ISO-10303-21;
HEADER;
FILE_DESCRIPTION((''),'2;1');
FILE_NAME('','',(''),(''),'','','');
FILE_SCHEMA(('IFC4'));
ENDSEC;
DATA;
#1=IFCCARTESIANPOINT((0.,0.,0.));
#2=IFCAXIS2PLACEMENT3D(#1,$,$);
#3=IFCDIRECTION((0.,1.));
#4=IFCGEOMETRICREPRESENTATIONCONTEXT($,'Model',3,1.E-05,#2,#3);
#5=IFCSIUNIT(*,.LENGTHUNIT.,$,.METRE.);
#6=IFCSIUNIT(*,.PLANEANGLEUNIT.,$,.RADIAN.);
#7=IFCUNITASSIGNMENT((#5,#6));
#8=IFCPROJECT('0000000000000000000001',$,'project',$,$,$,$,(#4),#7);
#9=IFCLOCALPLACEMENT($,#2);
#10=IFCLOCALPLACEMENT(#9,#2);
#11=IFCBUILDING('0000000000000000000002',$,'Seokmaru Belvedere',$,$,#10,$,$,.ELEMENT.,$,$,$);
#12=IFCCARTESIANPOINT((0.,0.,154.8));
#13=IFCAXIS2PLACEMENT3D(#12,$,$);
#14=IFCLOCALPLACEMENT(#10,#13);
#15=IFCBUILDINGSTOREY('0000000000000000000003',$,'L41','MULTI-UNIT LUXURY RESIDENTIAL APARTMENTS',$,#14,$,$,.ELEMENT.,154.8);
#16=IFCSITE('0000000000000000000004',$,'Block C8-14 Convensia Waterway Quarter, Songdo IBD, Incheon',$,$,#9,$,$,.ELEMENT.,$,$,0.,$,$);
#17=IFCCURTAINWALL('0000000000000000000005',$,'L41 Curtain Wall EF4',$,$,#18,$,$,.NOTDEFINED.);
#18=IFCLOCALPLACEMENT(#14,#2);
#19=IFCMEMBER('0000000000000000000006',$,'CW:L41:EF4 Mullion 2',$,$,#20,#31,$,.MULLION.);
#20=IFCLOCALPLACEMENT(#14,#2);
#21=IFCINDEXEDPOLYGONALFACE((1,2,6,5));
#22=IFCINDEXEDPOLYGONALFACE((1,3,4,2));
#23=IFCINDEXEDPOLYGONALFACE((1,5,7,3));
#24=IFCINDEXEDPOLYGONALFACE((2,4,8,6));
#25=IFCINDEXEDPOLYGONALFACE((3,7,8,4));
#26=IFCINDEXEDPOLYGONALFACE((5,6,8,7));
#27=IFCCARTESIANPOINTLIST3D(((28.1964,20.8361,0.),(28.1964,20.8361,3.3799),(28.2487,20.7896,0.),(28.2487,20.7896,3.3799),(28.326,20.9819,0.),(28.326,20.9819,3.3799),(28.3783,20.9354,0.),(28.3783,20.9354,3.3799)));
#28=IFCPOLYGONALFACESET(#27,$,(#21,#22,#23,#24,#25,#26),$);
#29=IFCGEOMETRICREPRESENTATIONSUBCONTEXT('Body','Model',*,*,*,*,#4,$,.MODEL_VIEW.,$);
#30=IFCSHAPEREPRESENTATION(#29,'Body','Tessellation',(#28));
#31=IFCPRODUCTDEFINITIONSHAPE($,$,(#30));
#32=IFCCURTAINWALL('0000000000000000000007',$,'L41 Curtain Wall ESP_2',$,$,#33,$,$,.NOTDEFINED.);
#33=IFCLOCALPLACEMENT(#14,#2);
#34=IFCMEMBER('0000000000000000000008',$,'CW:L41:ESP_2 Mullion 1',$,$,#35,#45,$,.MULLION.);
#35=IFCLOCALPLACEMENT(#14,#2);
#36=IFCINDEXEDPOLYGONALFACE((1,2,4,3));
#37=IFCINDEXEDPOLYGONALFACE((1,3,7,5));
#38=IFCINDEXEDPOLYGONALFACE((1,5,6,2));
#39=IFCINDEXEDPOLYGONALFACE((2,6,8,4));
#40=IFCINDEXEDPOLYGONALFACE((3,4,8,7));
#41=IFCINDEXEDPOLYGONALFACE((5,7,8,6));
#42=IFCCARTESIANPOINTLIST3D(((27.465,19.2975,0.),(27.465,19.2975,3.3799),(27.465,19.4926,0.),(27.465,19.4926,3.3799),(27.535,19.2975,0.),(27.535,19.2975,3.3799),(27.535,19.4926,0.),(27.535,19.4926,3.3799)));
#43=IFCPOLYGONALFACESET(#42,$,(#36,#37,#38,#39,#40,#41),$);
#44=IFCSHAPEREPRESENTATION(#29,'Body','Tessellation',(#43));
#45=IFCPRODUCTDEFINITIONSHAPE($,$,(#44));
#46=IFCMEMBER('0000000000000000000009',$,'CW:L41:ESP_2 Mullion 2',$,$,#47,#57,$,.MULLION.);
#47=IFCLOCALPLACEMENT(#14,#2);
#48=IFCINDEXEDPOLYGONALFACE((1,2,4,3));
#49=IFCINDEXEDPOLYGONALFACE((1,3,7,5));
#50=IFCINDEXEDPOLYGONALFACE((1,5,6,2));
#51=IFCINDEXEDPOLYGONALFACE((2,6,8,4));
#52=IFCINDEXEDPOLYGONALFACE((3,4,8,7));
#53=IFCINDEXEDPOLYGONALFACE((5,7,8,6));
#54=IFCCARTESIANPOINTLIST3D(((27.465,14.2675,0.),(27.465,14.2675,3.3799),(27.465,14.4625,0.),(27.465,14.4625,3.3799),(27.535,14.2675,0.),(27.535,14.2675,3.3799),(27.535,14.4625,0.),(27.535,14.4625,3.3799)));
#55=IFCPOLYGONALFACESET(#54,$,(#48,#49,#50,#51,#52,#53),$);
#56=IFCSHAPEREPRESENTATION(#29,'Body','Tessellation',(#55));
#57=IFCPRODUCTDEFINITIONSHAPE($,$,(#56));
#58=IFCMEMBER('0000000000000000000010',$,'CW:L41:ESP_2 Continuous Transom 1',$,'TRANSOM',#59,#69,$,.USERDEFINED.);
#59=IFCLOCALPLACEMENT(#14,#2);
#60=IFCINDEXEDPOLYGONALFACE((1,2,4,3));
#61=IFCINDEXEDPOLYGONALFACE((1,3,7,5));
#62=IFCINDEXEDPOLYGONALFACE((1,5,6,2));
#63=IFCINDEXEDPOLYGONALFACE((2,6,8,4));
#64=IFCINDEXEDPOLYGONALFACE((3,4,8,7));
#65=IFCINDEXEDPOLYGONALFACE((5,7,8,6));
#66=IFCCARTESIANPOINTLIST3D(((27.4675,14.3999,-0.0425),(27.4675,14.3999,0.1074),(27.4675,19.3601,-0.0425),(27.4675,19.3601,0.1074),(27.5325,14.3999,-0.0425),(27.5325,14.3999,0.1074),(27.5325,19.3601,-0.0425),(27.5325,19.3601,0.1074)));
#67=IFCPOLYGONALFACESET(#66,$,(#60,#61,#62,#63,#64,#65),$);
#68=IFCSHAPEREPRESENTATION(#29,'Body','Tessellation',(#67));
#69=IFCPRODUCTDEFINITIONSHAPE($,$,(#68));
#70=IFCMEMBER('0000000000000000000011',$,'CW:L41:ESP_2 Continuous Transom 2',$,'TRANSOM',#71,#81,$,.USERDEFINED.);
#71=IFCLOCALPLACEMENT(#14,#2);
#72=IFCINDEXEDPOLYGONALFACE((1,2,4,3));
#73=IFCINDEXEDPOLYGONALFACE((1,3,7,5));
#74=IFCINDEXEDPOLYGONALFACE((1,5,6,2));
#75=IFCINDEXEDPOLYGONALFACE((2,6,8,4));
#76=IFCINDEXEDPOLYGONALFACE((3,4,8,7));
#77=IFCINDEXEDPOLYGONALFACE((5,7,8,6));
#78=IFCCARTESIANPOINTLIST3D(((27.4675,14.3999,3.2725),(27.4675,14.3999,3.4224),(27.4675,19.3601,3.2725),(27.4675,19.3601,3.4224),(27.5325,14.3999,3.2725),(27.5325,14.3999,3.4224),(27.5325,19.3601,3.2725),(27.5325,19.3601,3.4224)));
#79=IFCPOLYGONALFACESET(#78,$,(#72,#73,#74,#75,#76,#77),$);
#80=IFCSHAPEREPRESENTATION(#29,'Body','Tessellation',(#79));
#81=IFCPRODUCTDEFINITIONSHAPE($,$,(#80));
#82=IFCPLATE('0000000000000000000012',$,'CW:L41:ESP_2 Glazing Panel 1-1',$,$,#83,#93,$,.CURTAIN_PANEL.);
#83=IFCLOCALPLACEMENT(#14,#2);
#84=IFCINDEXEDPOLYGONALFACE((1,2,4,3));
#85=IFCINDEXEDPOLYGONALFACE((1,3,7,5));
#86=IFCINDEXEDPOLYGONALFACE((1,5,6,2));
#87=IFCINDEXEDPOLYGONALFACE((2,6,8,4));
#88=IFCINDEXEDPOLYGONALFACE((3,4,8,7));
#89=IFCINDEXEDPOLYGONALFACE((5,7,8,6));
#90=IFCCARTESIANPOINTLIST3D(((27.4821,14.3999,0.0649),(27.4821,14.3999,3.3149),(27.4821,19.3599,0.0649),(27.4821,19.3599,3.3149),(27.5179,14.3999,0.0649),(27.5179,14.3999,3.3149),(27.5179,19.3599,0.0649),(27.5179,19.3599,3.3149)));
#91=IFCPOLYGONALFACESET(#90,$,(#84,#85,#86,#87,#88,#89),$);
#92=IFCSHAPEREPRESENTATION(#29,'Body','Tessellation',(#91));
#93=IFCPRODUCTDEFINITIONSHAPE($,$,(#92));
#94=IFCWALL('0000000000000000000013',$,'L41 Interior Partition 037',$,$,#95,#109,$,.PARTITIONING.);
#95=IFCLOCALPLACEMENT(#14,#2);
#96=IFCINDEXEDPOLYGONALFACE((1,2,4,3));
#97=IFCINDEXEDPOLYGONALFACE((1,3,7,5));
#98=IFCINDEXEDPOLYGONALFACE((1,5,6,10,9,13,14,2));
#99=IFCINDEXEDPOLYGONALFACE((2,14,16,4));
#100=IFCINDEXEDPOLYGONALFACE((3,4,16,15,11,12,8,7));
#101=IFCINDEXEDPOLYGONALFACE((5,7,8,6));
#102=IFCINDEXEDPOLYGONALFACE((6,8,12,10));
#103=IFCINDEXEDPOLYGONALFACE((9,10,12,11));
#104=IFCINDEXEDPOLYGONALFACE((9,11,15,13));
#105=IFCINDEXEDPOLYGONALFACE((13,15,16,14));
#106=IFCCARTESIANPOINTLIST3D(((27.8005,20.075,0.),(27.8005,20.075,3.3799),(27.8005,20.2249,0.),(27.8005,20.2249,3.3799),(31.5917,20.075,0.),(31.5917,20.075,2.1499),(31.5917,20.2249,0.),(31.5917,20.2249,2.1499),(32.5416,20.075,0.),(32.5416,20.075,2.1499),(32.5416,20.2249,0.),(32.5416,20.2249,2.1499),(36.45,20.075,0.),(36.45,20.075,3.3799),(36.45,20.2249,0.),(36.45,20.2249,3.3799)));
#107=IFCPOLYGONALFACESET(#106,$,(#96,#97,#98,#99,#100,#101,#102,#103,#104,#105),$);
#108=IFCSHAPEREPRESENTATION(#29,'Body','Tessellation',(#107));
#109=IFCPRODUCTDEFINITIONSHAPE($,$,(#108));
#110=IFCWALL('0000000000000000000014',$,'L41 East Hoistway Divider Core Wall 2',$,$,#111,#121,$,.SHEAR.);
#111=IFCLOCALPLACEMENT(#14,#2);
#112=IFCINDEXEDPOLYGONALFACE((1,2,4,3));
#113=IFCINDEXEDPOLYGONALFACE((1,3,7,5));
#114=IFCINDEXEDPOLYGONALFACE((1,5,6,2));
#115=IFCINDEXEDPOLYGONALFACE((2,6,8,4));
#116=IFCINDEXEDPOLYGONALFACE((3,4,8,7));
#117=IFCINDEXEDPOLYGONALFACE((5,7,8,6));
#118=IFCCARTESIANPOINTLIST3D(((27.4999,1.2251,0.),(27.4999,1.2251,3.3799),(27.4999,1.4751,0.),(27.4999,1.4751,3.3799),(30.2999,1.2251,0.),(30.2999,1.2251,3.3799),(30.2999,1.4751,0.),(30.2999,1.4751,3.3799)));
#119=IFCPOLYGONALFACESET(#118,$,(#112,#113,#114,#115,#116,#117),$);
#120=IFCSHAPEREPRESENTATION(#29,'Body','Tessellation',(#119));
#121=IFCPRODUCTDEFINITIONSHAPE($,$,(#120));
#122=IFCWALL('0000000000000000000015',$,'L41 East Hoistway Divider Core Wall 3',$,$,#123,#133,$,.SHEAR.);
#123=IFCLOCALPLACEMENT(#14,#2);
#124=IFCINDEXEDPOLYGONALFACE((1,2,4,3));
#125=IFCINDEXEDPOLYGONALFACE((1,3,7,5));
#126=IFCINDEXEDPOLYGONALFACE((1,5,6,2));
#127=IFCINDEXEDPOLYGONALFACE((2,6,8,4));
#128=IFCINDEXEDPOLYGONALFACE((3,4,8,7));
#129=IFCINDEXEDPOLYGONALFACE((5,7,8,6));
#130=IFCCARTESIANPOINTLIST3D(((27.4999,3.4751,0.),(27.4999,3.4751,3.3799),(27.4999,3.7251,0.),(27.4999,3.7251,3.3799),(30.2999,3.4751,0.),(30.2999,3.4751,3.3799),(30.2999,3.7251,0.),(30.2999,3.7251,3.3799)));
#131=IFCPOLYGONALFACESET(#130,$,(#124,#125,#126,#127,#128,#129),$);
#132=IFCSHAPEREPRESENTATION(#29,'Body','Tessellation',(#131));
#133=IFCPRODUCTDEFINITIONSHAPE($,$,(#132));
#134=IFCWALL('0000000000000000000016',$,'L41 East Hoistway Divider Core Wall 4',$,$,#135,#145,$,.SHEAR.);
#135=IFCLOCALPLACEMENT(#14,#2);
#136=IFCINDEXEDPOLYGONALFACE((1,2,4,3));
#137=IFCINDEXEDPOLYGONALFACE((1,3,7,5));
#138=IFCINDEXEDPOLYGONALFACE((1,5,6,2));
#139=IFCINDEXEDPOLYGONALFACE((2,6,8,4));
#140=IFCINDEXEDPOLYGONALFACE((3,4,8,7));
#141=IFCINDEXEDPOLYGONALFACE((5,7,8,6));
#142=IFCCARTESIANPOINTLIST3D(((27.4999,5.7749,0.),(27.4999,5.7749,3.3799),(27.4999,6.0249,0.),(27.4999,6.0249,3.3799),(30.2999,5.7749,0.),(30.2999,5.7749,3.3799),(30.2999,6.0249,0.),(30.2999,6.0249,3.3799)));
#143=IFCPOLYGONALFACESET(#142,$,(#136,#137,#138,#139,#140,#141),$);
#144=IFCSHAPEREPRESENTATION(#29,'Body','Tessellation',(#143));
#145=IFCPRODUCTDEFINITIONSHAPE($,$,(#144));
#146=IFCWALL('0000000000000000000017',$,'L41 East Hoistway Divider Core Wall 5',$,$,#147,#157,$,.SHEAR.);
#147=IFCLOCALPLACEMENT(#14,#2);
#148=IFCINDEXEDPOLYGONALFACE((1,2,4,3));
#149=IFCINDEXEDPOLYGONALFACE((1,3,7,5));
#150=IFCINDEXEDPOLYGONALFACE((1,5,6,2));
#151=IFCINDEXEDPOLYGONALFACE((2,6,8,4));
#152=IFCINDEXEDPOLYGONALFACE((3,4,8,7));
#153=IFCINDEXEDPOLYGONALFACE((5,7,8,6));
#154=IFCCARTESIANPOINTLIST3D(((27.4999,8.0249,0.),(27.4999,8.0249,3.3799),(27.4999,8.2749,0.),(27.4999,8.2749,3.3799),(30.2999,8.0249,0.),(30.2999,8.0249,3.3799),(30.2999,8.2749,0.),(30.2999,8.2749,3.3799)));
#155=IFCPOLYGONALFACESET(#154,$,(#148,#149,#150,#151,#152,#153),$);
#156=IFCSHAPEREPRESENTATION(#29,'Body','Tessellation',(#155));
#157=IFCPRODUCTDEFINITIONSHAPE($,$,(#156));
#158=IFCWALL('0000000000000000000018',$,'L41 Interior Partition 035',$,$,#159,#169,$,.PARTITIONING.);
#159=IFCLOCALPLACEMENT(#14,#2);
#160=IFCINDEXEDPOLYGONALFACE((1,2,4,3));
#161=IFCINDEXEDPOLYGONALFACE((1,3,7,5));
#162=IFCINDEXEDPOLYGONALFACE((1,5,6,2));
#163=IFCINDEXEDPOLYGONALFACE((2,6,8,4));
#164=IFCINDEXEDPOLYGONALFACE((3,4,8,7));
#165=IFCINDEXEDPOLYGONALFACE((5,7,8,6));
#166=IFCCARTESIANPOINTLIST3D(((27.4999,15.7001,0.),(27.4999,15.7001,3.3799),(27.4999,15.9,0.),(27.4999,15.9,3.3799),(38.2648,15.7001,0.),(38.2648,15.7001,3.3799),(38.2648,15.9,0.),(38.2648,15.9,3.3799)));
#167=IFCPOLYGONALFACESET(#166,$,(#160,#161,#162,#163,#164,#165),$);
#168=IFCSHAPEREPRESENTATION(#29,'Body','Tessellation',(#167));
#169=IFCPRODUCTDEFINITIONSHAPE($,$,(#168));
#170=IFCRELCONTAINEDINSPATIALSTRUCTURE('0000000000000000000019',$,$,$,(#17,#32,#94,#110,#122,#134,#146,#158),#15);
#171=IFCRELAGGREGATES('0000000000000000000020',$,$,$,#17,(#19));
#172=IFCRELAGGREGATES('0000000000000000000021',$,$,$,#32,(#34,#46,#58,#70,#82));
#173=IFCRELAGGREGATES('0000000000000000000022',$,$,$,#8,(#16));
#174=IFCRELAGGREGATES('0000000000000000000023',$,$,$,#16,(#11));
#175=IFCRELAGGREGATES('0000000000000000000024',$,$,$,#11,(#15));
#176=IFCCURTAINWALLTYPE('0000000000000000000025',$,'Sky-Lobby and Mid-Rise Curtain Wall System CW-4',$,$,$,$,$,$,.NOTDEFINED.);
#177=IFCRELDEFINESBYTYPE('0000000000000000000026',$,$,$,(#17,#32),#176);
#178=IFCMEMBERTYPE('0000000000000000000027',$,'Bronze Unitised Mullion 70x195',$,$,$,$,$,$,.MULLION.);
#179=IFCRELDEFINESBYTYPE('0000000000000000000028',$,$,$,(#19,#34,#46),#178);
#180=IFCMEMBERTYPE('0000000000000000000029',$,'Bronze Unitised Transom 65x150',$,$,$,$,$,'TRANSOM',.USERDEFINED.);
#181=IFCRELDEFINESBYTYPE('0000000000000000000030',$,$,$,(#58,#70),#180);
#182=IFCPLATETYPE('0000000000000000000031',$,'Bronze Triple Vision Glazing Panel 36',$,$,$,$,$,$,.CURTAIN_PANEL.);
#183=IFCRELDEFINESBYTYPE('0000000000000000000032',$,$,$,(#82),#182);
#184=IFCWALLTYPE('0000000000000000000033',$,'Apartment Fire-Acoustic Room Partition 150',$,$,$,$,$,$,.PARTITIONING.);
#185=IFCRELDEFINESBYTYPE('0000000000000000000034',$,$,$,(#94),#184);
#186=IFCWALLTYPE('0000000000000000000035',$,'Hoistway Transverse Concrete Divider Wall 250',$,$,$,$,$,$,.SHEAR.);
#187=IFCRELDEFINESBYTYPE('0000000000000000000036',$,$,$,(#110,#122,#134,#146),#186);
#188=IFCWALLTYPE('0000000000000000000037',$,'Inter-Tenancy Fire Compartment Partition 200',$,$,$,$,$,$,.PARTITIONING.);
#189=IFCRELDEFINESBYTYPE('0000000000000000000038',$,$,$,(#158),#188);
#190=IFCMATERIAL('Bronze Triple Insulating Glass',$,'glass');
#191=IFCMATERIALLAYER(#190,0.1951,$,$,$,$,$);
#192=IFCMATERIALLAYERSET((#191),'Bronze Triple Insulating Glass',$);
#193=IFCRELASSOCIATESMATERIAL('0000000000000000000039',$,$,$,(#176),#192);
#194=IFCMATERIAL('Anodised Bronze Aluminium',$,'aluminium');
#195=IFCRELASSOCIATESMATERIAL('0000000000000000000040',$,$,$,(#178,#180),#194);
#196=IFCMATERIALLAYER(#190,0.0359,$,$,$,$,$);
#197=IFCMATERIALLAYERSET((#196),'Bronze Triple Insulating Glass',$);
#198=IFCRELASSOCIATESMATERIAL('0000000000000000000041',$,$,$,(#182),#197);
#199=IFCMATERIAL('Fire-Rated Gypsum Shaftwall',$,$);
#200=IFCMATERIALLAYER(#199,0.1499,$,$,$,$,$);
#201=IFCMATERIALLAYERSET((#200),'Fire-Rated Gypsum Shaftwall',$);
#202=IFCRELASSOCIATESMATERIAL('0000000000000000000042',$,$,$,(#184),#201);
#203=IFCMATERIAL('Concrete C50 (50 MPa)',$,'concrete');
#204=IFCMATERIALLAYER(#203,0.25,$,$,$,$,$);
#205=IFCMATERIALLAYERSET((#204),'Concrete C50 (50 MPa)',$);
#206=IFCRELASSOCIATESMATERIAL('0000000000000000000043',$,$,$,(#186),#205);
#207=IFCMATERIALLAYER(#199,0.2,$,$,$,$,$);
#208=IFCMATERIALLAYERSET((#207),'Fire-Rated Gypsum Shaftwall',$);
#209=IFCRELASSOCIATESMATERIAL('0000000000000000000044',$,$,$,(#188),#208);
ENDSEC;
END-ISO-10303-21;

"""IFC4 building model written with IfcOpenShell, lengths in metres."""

from ifc_helpers import new_model, si_unit, direction, frame, frame_2d, origin, origin_2d, place, context, subcontext, project, spatial, rectangle, extrude, source, transform, mapped, material, layer, layer_set, material_profile, profile_set, type_object, type_shapes, element, aggregate, save


model = new_model("IFC4")

# Units and contexts
model_context = context("Model", 3, precision=1e-05, world=origin(), true_north=direction((0.0, 1.0)))
body_context = subcontext(model_context, "Body", "Model", "MODEL_VIEW")
ifc_project = project(units=[si_unit("LENGTHUNIT", "METRE"), si_unit("PLANEANGLEUNIT", "RADIAN")], contexts=[model_context])

# Site, building, storey
site_placement = place(None, origin())
site = spatial("IfcSite", under=ifc_project, at=site_placement, Name="Block C8-14 Convensia Waterway Quarter, Songdo IBD, Incheon", CompositionType="ELEMENT", RefElevation=0.0)
building_placement = place(site_placement, origin())
building = spatial("IfcBuilding", under=site, at=building_placement, Name="Seokmaru Belvedere", CompositionType="ELEMENT")
storey_placement = place(building_placement, frame((0.0, 0.0, 154.8)))
storey = spatial("IfcBuildingStorey", under=building, at=storey_placement, Name="L41", Description="MULTI-UNIT LUXURY RESIDENTIAL APARTMENTS", CompositionType="ELEMENT", Elevation=154.8)

# Curtain wall, member
ifc_material_1 = material(Name="Bronze Triple Insulating Glass", Category="glass")
ifc_layer_1 = layer(ifc_material_1, 0.1951)
ifc_layer_set_1 = layer_set([ifc_layer_1], Name="Bronze Triple Insulating Glass")
curtain_wall_type = type_object("IfcCurtainWallType", Name="Sky-Lobby and Mid-Rise Curtain Wall System CW-4", PredefinedType="NOTDEFINED", material=ifc_layer_set_1)
curtain_wall_1_placement = place(storey_placement, origin())
curtain_wall_1 = element("IfcCurtainWall", 1, at=curtain_wall_1_placement, inside=storey, type_object=curtain_wall_type, Name="L41 Curtain Wall EF4", PredefinedType="NOTDEFINED")
ifc_material_2 = material(Name="Anodised Bronze Aluminium", Category="aluminium")
ifc_material_profile_1 = material_profile(ifc_material_2, rectangle(XDim=0.0701, YDim=0.1951, at=origin_2d()), Name="CW-M-70x195")
ifc_profile_set_1 = profile_set([ifc_material_profile_1], Name="Anodised Bronze Aluminium")
member_type_1 = type_object("IfcMemberType", Name="Bronze Unitised Mullion 70x195", PredefinedType="MULLION", material=ifc_profile_set_1)
shared_shape_1 = source(origin(), body_context, "Body", "SweptSolid", [
    extrude(rectangle(XDim=0.0701, YDim=0.1951, at=origin_2d()), origin(), (0.0, 0.0, 1.0), 3.3799),
])
type_shapes(member_type_1, [shared_shape_1])
member_1_placement = place(storey_placement, frame((28.2874, 20.8857, 0.0), z_axis=(0.0, 0.0, 1.0), x_axis=(0.74741, -0.664363, 0.0)))
member_1 = element("IfcMember", 2, at=member_1_placement, type_object=member_type_1, Name="CW:L41:EF4 Mullion 2", PredefinedType="MULLION", context=body_context, shape_type="MappedRepresentation", body=[
    mapped(shared_shape_1, transform((0.0, 0.0, 0.0), scale=1.0)),
])
aggregate(curtain_wall_1, [member_1])

# Curtain wall, members, plate
curtain_wall_2_placement = place(storey_placement, origin())
curtain_wall_2 = element("IfcCurtainWall", 3, at=curtain_wall_2_placement, inside=storey, type_object=curtain_wall_type, Name="L41 Curtain Wall ESP_2", PredefinedType="NOTDEFINED")
member_2_placement = place(storey_placement, frame((27.5, 19.395, 0.0), z_axis=(0.0, 0.0, 1.0), x_axis=(1.0, 0.0, 0.0)))
member_2 = element("IfcMember", 4, at=member_2_placement, type_object=member_type_1, Name="CW:L41:ESP_2 Mullion 1", PredefinedType="MULLION", context=body_context, shape_type="MappedRepresentation", body=[
    mapped(shared_shape_1, transform((0.0, 0.0, 0.0), scale=1.0)),
])
member_3_placement = place(storey_placement, frame((27.5, 14.365, 0.0), z_axis=(0.0, 0.0, 1.0), x_axis=(1.0, 0.0, 0.0)))
member_3 = element("IfcMember", 5, at=member_3_placement, type_object=member_type_1, Name="CW:L41:ESP_2 Mullion 2", PredefinedType="MULLION", context=body_context, shape_type="MappedRepresentation", body=[
    mapped(shared_shape_1, transform((0.0, 0.0, 0.0), scale=1.0)),
])
ifc_material_profile_2 = material_profile(ifc_material_2, rectangle(XDim=0.0649, YDim=0.1499, at=origin_2d()), Name="CW-T-65x150")
ifc_profile_set_2 = profile_set([ifc_material_profile_2], Name="Anodised Bronze Aluminium")
member_type_2 = type_object("IfcMemberType", Name="Bronze Unitised Transom 65x150", ElementType="TRANSOM", PredefinedType="USERDEFINED", material=ifc_profile_set_2)
shared_shape_2 = source(origin(), body_context, "Body", "SweptSolid", [
    extrude(rectangle(XDim=0.0649, YDim=0.1499, at=origin_2d()), origin(), (0.0, 0.0, 1.0), 4.9602),
])
type_shapes(member_type_2, [shared_shape_2])
member_4_placement = place(storey_placement, frame((27.5, 19.3601, 0.0325), z_axis=(0.0, -1.0, 0.0), x_axis=(1.0, 0.0, 0.0)))
member_4 = element("IfcMember", 6, at=member_4_placement, type_object=member_type_2, Name="CW:L41:ESP_2 Continuous Transom 1", ObjectType="TRANSOM", PredefinedType="USERDEFINED", context=body_context, shape_type="MappedRepresentation", body=[
    mapped(shared_shape_2, transform((0.0, 0.0, 0.0), scale=1.0)),
])
member_5_placement = place(storey_placement, frame((27.5, 19.3601, 3.3474), z_axis=(0.0, -1.0, 0.0), x_axis=(1.0, 0.0, 0.0)))
member_5 = element("IfcMember", 7, at=member_5_placement, type_object=member_type_2, Name="CW:L41:ESP_2 Continuous Transom 2", ObjectType="TRANSOM", PredefinedType="USERDEFINED", context=body_context, shape_type="MappedRepresentation", body=[
    mapped(shared_shape_2, transform((0.0, 0.0, 0.0), scale=1.0)),
])
ifc_layer_2 = layer(ifc_material_1, 0.0359)
ifc_layer_set_2 = layer_set([ifc_layer_2], Name="Bronze Triple Insulating Glass")
plate_type = type_object("IfcPlateType", Name="Bronze Triple Vision Glazing Panel 36", PredefinedType="CURTAIN_PANEL", material=ifc_layer_set_2)
shared_shape_3 = source(origin(), body_context, "Body", "SweptSolid", [
    extrude(rectangle(XDim=4.96, YDim=0.0359, at=origin_2d()), origin(), (0.0, 0.0, 1.0), 3.25),
])
type_shapes(plate_type, [shared_shape_3])
plate_placement = place(storey_placement, frame((27.5, 16.8799, 0.0649), z_axis=(0.0, 0.0, 1.0), x_axis=(0.0, -1.0, 0.0)))
plate = element("IfcPlate", 8, at=plate_placement, type_object=plate_type, Name="CW:L41:ESP_2 Glazing Panel 1-1", PredefinedType="CURTAIN_PANEL", context=body_context, shape_type="MappedRepresentation", body=[
    mapped(shared_shape_3, transform((0.0, 0.0, 0.0), scale=1.0)),
])
aggregate(curtain_wall_2, [member_2, member_3, member_4, member_5, plate])

# Wall, opening
ifc_material_3 = material(Name="Fire-Rated Gypsum Shaftwall")
ifc_layer_3 = layer(ifc_material_3, 0.1499)
ifc_layer_set_3 = layer_set([ifc_layer_3], Name="Fire-Rated Gypsum Shaftwall")
wall_type_1 = type_object("IfcWallType", Name="Apartment Fire-Acoustic Room Partition 150", PredefinedType="PARTITIONING", material=ifc_layer_set_3)
wall_1_placement = place(storey_placement, frame((27.8005, 20.1499, 0.0), z_axis=(0.0, 0.0, 1.0), x_axis=(1.0, 0.0, 0.0)))
wall_1 = element("IfcWall", 9, at=wall_1_placement, inside=storey, type_object=wall_type_1, Name="L41 Interior Partition 037", PredefinedType="PARTITIONING", context=body_context, shape_type="SweptSolid", body=[
    extrude(rectangle(XDim=8.6494, YDim=0.1499, at=frame_2d((4.3247, 0.0))), origin(), (0.0, 0.0, 1.0), 3.3799),
])
opening_1_placement = place(wall_1_placement, frame((3.791, 0.0, 0.0)))
element("IfcOpeningElement", 10, at=opening_1_placement, cuts=wall_1, PredefinedType="OPENING", context=body_context, shape_type="SweptSolid", body=[
    extrude(rectangle(XDim=0.95, YDim=2.1499, at=frame_2d((0.4751, 1.075))), frame((0.0, 0.085, 0.0), z_axis=(0.0, -1.0, 0.0), x_axis=(1.0, 0.0, 0.0)), (0.0, 0.0, 1.0), 0.1699),
])

# Walls
ifc_material_4 = material(Name="Concrete C50 (50 MPa)", Category="concrete")
ifc_layer_4 = layer(ifc_material_4, 0.25)
ifc_layer_set_4 = layer_set([ifc_layer_4], Name="Concrete C50 (50 MPa)")
wall_type_2 = type_object("IfcWallType", Name="Hoistway Transverse Concrete Divider Wall 250", PredefinedType="SHEAR", material=ifc_layer_set_4)
for number, where, z_axis, x_axis, name in (
    (11, (27.5, 1.3501, 0.0), (0.0, 0.0, 1.0), (1.0, 0.0, 0.0), "L41 East Hoistway Divider Core Wall 2"),
    (12, (27.5, 3.6001, 0.0), (0.0, 0.0, 1.0), (1.0, 0.0, 0.0), "L41 East Hoistway Divider Core Wall 3"),
    (13, (27.5, 5.8999, 0.0), (0.0, 0.0, 1.0), (1.0, 0.0, 0.0), "L41 East Hoistway Divider Core Wall 4"),
    (14, (27.5, 8.1499, 0.0), (0.0, 0.0, 1.0), (1.0, 0.0, 0.0), "L41 East Hoistway Divider Core Wall 5"),
):
    element("IfcWall", number, at=place(storey_placement, frame(where, z_axis=z_axis, x_axis=x_axis)), inside=storey, type_object=wall_type_2, Name=name, PredefinedType="SHEAR", context=body_context, shape_type="SweptSolid", body=[
        extrude(rectangle(XDim=2.8, YDim=0.25, at=frame_2d((1.3999, 0.0))), origin(), (0.0, 0.0, 1.0), 3.3799),
    ])
ifc_layer_5 = layer(ifc_material_3, 0.2)
ifc_layer_set_5 = layer_set([ifc_layer_5], Name="Fire-Rated Gypsum Shaftwall")
wall_type_3 = type_object("IfcWallType", Name="Inter-Tenancy Fire Compartment Partition 200", PredefinedType="PARTITIONING", material=ifc_layer_set_5)
wall_2_placement = place(storey_placement, frame((27.5, 15.8, 0.0), z_axis=(0.0, 0.0, 1.0), x_axis=(1.0, 0.0, 0.0)))
element("IfcWall", 15, at=wall_2_placement, inside=storey, type_object=wall_type_3, Name="L41 Interior Partition 035", PredefinedType="PARTITIONING", context=body_context, shape_type="SweptSolid", body=[
    extrude(rectangle(XDim=10.7649, YDim=0.2, at=frame_2d((5.3823, 0.0))), origin(), (0.0, 0.0, 1.0), 3.3799),
])

save(model, "model.ifc")
